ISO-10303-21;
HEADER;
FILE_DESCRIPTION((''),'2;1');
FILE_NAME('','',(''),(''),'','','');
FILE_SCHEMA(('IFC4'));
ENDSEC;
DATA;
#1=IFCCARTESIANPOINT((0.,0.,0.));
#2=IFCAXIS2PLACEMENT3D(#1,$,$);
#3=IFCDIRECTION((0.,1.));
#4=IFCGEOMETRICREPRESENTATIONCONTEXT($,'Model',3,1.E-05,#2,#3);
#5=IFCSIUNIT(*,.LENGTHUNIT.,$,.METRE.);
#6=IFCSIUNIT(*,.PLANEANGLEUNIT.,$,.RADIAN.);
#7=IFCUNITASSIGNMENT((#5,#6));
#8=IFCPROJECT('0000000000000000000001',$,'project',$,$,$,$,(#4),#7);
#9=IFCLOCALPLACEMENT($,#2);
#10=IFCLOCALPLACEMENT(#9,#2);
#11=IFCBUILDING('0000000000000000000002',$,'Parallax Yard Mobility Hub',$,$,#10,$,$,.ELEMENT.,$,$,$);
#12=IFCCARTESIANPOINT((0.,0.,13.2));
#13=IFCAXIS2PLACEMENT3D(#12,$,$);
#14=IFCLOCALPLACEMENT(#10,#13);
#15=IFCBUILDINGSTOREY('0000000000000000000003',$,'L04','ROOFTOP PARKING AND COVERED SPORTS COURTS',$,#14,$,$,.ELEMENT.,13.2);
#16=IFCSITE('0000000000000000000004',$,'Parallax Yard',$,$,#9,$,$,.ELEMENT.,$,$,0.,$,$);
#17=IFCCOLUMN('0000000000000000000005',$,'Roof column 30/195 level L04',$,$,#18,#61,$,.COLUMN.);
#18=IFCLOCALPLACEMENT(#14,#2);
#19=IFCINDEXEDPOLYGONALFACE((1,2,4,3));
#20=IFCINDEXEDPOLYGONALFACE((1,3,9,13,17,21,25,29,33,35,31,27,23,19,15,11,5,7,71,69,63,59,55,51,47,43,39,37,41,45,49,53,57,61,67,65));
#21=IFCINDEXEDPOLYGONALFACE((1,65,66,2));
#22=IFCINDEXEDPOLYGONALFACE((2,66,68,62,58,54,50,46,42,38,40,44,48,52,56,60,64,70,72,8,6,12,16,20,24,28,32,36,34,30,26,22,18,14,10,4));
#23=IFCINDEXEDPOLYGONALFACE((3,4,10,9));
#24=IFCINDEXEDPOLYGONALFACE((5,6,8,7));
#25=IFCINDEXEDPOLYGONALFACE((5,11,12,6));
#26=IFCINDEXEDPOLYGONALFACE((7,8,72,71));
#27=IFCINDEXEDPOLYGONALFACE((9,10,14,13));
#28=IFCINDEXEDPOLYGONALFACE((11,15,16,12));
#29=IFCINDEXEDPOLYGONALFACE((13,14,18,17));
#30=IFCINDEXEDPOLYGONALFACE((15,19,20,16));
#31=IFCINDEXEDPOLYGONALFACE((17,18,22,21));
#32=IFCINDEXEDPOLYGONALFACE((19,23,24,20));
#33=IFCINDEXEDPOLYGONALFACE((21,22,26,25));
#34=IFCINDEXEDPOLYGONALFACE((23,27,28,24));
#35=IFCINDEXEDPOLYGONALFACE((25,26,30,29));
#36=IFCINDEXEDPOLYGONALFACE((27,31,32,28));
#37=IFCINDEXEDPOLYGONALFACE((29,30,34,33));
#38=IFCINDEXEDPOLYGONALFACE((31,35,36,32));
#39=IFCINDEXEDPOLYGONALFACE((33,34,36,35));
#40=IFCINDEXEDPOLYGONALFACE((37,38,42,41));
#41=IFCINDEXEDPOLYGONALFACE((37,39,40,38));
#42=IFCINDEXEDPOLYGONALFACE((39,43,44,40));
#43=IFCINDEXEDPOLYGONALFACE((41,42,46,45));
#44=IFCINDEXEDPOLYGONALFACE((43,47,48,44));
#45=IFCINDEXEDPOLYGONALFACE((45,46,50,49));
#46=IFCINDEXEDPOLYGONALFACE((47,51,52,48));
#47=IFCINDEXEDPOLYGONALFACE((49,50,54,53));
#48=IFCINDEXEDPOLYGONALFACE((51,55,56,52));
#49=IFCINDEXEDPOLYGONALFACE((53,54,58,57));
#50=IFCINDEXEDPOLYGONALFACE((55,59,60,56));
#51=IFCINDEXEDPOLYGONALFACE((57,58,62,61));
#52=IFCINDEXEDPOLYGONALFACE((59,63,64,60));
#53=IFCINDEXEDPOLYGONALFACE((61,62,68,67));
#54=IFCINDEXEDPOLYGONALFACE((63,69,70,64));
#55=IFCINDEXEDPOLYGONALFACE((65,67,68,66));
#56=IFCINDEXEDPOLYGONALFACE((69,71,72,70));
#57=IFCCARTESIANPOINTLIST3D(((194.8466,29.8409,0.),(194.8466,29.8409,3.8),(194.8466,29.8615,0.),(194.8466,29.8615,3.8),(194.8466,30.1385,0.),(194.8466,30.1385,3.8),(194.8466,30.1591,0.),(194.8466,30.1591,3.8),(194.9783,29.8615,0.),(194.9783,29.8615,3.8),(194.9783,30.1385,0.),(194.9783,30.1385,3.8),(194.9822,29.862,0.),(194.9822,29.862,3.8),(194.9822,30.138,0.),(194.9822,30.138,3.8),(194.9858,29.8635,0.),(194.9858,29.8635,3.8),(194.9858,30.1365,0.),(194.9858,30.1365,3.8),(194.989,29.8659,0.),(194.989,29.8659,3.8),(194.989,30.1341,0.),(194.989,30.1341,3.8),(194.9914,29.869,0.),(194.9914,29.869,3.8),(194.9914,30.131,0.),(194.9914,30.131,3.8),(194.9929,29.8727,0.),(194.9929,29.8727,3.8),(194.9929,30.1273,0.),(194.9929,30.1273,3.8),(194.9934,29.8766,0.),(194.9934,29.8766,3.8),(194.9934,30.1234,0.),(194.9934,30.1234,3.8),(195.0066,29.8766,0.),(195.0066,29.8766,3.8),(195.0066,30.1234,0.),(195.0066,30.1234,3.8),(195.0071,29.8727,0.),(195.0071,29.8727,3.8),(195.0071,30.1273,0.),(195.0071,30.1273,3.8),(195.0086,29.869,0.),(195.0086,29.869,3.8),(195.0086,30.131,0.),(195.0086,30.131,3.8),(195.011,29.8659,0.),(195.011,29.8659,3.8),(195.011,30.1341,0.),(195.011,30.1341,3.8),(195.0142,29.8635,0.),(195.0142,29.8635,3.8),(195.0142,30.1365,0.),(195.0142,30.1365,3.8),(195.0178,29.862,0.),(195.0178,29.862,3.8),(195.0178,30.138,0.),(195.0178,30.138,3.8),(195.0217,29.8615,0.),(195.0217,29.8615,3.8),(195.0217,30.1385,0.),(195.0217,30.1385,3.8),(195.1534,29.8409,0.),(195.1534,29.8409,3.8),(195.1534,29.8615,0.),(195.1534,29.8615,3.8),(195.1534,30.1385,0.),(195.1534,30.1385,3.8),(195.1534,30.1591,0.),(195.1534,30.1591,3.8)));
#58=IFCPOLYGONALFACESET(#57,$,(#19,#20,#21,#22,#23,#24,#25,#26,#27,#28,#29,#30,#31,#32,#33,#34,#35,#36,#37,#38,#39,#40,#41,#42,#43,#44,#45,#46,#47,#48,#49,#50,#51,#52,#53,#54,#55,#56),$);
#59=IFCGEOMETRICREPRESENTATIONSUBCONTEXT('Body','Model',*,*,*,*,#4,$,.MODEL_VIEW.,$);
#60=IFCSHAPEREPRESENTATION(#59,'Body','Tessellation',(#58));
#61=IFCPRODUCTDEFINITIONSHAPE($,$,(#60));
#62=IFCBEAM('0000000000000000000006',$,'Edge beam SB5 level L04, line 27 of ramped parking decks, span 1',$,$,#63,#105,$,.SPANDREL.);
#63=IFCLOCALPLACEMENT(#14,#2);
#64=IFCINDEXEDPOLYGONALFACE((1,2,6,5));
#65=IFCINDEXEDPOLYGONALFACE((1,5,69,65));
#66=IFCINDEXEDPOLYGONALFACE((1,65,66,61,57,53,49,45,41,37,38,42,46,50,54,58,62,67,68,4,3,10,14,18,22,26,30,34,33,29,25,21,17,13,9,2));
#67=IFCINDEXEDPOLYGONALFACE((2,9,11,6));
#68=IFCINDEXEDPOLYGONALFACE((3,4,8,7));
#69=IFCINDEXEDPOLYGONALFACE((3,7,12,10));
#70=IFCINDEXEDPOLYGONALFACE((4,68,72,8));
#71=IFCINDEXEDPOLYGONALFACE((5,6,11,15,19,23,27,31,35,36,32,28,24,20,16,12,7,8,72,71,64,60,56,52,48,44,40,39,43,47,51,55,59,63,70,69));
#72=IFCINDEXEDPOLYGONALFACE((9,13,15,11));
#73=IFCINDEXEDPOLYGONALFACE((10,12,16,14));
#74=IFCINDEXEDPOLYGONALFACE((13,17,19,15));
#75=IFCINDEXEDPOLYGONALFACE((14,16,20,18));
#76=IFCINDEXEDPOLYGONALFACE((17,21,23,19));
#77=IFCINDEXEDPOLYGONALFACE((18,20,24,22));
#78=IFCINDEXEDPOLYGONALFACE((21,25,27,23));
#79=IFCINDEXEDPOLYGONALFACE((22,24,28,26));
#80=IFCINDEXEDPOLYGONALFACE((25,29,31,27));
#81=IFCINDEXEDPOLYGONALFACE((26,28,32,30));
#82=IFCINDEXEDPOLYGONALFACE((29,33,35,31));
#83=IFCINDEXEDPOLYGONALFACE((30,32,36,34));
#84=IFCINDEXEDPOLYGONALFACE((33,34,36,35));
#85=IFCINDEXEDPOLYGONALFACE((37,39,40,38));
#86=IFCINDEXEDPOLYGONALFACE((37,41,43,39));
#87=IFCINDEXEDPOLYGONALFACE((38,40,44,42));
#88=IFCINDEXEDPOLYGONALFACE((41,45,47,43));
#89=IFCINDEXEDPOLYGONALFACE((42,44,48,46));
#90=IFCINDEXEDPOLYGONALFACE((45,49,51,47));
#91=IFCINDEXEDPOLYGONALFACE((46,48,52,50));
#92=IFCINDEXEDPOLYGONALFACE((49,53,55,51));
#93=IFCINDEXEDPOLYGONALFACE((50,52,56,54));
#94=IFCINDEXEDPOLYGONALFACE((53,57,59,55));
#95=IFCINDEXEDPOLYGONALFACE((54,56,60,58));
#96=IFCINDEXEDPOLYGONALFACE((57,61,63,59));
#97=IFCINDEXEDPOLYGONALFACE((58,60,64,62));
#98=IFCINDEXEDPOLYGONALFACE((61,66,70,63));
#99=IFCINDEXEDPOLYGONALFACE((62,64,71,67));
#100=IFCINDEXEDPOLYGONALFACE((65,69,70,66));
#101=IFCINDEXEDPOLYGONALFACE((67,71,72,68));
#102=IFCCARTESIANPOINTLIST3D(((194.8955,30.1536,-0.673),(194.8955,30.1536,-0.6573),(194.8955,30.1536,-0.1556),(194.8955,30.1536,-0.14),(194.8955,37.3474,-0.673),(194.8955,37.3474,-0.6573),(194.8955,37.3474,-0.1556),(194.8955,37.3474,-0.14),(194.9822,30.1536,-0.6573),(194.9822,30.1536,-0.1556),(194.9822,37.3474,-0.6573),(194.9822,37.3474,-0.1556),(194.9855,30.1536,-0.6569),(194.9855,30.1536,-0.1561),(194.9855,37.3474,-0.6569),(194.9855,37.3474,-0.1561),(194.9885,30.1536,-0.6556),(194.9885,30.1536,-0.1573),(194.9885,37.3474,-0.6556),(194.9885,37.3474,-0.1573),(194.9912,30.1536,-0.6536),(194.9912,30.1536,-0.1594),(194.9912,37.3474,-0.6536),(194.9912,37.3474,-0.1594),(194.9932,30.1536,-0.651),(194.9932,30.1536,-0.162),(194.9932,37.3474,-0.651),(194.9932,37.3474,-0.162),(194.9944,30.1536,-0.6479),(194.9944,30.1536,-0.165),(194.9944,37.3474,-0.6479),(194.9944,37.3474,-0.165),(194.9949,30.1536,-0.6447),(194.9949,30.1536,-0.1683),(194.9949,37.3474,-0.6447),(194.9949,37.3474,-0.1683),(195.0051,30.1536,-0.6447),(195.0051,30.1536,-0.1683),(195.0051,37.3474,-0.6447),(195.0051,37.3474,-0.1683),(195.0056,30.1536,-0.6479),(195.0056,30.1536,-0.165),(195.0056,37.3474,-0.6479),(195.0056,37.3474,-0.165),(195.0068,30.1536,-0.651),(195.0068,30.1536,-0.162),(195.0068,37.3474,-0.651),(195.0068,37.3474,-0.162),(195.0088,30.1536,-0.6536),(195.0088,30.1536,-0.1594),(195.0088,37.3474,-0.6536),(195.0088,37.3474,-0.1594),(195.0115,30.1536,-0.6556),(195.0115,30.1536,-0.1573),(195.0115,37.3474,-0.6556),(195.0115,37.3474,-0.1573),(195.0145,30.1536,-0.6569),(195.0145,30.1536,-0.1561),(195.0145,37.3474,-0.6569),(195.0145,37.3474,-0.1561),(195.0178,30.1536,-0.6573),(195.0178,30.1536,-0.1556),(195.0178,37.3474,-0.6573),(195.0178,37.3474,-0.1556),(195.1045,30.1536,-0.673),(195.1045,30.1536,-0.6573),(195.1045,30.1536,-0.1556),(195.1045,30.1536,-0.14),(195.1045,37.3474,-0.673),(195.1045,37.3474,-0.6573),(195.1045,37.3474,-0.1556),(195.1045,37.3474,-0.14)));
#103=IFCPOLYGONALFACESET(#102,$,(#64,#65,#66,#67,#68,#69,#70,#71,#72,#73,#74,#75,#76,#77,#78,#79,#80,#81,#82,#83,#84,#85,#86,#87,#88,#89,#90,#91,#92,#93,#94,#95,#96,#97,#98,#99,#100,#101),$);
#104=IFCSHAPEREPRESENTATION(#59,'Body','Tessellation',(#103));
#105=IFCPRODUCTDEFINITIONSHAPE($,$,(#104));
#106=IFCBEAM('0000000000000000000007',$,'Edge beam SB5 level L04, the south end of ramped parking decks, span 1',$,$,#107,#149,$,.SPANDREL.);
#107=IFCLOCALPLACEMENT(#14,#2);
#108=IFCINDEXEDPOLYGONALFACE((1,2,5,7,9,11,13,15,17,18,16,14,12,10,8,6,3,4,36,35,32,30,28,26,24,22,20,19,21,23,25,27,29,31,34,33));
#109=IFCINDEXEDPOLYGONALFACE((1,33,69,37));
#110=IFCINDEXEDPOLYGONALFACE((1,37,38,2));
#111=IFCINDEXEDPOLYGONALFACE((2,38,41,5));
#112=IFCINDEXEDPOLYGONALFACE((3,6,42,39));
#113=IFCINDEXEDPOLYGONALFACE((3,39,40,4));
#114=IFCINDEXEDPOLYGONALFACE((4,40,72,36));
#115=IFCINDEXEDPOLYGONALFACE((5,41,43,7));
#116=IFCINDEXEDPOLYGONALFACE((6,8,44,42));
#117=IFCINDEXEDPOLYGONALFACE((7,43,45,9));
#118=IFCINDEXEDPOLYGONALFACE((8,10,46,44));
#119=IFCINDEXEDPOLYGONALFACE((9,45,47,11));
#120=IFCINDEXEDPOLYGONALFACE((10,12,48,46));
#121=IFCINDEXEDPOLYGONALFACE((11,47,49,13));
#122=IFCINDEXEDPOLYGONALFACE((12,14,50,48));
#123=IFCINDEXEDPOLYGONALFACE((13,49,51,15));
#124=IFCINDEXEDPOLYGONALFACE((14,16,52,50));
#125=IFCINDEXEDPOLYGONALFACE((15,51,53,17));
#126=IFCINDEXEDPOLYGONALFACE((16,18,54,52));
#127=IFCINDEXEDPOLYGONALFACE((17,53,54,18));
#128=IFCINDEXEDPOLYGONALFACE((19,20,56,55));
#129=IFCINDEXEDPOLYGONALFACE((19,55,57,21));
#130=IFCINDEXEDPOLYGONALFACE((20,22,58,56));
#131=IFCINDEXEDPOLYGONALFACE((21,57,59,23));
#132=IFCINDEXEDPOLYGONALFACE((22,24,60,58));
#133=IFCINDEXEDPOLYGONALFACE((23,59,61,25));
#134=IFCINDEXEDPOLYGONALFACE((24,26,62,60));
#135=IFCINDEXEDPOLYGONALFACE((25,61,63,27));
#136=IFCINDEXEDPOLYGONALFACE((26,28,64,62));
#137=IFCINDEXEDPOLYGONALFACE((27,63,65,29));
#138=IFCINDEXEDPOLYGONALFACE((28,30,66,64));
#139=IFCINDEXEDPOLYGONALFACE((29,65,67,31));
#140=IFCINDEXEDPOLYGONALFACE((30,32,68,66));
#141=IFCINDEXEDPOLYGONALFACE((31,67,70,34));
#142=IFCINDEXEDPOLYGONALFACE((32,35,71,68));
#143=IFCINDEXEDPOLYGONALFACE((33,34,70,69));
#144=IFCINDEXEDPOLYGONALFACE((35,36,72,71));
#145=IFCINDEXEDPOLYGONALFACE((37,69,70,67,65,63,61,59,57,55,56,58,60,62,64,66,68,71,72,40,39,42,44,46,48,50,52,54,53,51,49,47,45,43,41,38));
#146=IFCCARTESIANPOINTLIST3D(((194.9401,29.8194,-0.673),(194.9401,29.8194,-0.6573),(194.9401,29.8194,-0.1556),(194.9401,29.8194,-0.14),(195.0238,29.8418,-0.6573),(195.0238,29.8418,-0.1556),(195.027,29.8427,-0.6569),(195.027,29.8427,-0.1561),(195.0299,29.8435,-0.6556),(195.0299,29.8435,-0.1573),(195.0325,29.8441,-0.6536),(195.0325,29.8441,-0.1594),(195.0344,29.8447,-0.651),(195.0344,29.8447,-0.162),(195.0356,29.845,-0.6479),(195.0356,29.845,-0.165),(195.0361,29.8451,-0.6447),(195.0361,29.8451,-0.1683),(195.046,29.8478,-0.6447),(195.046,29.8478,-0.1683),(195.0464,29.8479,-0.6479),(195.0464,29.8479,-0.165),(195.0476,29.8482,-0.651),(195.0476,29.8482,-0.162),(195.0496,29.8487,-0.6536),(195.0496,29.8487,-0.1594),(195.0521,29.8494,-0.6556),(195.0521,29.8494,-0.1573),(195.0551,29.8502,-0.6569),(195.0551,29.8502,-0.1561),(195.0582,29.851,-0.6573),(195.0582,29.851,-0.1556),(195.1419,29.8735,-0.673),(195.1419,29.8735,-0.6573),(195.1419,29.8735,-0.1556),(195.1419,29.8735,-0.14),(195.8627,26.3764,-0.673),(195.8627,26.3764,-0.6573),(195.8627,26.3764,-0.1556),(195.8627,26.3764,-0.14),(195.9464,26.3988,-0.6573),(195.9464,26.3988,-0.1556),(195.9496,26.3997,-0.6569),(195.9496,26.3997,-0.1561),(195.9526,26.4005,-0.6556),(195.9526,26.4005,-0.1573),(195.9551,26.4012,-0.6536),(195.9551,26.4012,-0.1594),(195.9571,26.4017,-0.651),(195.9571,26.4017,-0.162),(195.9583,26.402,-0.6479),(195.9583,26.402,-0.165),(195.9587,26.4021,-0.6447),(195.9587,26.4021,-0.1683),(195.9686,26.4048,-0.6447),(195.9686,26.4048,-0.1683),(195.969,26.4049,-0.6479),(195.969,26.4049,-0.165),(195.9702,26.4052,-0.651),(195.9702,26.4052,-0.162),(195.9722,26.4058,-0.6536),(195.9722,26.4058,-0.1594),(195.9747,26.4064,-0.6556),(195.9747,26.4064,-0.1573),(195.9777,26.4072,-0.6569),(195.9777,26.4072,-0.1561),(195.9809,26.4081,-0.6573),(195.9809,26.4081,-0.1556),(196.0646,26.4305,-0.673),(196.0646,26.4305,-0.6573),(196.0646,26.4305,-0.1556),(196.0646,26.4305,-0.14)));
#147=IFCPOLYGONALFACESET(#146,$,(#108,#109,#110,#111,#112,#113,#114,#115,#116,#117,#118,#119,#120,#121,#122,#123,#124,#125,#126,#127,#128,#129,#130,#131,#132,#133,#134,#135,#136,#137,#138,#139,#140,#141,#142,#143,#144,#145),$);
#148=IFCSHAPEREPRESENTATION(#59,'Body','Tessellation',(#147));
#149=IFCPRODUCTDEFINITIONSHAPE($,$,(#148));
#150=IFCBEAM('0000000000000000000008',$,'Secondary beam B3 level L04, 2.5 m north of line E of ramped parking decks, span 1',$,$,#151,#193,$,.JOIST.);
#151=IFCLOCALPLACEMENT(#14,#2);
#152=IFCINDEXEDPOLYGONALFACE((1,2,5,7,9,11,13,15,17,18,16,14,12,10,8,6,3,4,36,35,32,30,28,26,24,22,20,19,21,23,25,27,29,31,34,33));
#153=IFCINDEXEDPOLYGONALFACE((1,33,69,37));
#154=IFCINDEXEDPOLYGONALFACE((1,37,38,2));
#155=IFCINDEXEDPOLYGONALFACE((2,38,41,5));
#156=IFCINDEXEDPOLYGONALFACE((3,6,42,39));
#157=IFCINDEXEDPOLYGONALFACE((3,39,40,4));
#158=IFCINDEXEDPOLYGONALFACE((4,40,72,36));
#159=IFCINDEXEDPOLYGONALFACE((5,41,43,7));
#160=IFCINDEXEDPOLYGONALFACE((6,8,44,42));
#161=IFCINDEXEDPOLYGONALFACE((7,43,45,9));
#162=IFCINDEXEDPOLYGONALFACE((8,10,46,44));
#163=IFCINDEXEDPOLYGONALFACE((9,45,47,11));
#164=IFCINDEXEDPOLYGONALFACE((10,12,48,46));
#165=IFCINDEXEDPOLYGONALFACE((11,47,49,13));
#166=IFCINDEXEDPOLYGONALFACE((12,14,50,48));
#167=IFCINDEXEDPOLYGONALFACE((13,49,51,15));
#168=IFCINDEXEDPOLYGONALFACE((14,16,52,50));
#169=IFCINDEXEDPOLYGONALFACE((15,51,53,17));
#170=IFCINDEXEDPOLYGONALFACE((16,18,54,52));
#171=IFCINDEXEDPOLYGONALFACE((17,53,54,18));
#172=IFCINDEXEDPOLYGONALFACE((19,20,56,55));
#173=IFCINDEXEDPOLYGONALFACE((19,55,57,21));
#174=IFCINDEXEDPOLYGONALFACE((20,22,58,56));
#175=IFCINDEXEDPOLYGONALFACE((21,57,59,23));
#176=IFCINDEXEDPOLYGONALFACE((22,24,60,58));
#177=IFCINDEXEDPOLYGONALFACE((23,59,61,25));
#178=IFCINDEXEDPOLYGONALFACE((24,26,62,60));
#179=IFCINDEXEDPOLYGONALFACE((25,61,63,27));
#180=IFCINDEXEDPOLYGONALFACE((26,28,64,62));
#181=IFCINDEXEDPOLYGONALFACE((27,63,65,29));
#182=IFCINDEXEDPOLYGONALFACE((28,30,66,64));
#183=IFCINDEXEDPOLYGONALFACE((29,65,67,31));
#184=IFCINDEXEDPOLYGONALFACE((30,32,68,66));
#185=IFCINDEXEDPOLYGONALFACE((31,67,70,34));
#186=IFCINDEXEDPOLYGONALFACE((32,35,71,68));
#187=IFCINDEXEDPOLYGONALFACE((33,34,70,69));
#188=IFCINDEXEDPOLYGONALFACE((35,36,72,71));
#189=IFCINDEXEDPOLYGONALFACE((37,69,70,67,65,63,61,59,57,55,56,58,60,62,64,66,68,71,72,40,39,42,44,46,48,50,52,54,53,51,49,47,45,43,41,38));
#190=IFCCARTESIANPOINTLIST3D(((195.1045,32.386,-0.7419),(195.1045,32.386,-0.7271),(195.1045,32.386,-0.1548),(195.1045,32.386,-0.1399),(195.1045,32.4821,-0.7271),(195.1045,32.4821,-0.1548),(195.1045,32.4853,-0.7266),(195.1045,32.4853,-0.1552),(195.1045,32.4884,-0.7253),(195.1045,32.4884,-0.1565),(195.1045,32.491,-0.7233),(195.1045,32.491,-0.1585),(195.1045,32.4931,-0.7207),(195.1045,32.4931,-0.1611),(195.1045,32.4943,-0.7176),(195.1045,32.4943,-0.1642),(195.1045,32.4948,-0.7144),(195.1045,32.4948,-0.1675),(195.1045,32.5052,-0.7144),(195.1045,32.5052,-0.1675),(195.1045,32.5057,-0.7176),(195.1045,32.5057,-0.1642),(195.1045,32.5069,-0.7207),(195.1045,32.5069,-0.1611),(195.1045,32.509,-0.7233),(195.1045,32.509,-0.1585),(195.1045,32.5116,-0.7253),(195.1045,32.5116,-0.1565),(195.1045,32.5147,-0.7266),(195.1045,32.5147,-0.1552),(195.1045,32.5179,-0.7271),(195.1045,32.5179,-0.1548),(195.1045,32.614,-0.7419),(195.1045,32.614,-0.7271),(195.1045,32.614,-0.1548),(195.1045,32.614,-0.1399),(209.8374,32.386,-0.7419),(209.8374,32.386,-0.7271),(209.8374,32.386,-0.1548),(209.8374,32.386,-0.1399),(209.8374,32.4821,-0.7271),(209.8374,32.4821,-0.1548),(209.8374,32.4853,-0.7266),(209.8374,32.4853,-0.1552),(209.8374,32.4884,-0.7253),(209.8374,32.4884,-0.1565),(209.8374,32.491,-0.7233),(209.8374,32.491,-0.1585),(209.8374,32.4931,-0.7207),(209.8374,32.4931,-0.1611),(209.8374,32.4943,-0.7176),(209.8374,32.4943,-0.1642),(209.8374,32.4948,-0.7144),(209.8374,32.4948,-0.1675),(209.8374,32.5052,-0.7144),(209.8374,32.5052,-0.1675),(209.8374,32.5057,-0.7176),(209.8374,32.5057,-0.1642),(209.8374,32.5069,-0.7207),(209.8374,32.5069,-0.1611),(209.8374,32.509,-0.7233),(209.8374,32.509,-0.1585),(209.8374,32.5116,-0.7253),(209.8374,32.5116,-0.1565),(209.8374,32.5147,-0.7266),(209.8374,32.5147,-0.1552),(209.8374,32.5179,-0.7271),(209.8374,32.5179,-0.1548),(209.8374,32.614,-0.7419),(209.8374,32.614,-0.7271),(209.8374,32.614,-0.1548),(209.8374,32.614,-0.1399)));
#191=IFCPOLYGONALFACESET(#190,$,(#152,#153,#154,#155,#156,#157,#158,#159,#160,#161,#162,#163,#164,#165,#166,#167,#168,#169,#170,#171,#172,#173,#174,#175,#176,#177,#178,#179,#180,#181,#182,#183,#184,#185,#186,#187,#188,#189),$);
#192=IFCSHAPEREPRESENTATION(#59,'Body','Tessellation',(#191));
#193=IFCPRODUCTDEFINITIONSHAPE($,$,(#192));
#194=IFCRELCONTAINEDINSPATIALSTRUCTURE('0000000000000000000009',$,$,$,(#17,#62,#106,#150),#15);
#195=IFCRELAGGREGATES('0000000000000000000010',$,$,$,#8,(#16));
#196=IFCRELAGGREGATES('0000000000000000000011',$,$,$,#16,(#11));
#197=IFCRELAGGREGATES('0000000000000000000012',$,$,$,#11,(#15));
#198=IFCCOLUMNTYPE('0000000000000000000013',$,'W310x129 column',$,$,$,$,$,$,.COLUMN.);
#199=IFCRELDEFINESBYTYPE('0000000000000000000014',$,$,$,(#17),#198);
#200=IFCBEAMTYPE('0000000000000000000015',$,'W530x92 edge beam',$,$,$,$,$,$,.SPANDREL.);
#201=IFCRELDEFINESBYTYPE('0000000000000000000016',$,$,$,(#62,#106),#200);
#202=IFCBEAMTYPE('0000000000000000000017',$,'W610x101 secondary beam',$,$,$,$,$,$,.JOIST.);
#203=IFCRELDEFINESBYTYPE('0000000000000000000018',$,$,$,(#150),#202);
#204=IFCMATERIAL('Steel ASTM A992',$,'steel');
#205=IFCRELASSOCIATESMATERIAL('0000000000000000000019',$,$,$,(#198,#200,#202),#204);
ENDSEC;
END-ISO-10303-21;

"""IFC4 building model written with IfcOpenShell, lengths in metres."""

from ifc_helpers import new_model, si_unit, direction, frame, origin, origin_2d, place, context, subcontext, project, spatial, i_section, extrude, material, material_profile, profile_set, type_object, element, save


model = new_model("IFC4")

# Units and contexts
model_context = context("Model", 3, precision=1e-05, world=origin(), true_north=direction((0.0, 1.0)))
body_context = subcontext(model_context, "Body", "Model", "MODEL_VIEW")
ifc_project = project(units=[si_unit("LENGTHUNIT", "METRE"), si_unit("PLANEANGLEUNIT", "RADIAN")], contexts=[model_context])

# Site, building, storey
site_placement = place(None, origin())
site = spatial("IfcSite", under=ifc_project, at=site_placement, Name="Parallax Yard", CompositionType="ELEMENT", RefElevation=0.0)
building_placement = place(site_placement, origin())
building = spatial("IfcBuilding", under=site, at=building_placement, Name="Parallax Yard Mobility Hub", CompositionType="ELEMENT")
storey_placement = place(building_placement, frame((0.0, 0.0, 13.2)))
storey = spatial("IfcBuildingStorey", under=building, at=storey_placement, Name="L04", Description="ROOFTOP PARKING AND COVERED SPORTS COURTS", CompositionType="ELEMENT", Elevation=13.2)

# Column
ifc_material_1 = material(Name="Steel ASTM A992", Category="steel")
ifc_material_profile_1 = material_profile(ifc_material_1, i_section(OverallWidth=0.3069, OverallDepth=0.3181, WebThickness=0.0132, FlangeThickness=0.0205, FilletRadius=0.0151, at=origin_2d()), Name="W310x129")
ifc_profile_set_1 = profile_set([ifc_material_profile_1], Name="Steel ASTM A992")
column_type = type_object("IfcColumnType", Name="W310x129 column", PredefinedType="COLUMN", material=ifc_profile_set_1)
column_placement = place(storey_placement, frame((195.0, 30.0, 0.0), z_axis=(0.0, 0.0, 1.0), x_axis=(1.0, 0.0, 0.0)))
element("IfcColumn", 1, at=column_placement, inside=storey, type_object=column_type, Name="Roof column 30/195 level L04", PredefinedType="COLUMN", context=body_context, shape_type="SweptSolid", body=[
    extrude(i_section(OverallWidth=0.3069, OverallDepth=0.3181, WebThickness=0.0132, FlangeThickness=0.0205, FilletRadius=0.0151, at=origin_2d()), origin(), (0.0, 0.0, 1.0), 3.8),
])

# Beams
ifc_material_profile_2 = material_profile(ifc_material_1, i_section(OverallWidth=0.209, OverallDepth=0.533, WebThickness=0.0103, FlangeThickness=0.0156, FilletRadius=0.0127, at=origin_2d()), Name="W530x92")
ifc_profile_set_2 = profile_set([ifc_material_profile_2], Name="Steel ASTM A992")
beam_type_1 = type_object("IfcBeamType", Name="W530x92 edge beam", PredefinedType="SPANDREL", material=ifc_profile_set_2)
beam_1_placement = place(storey_placement, frame((195.0, 30.1536, -0.4065), z_axis=(0.0, 1.0, 0.0), x_axis=(-1.0, 0.0, 0.0)))
element("IfcBeam", 2, at=beam_1_placement, inside=storey, type_object=beam_type_1, Name="Edge beam SB5 level L04, line 27 of ramped parking decks, span 1", PredefinedType="SPANDREL", context=body_context, shape_type="SweptSolid", body=[
    extrude(i_section(OverallWidth=0.209, OverallDepth=0.533, WebThickness=0.0103, FlangeThickness=0.0156, FilletRadius=0.0127, at=origin_2d()), origin(), (0.0, 0.0, 1.0), 7.1938),
])
beam_2_placement = place(storey_placement, frame((195.041, 29.8464, -0.4065), z_axis=(0.258843, -0.965919, 0.0), x_axis=(0.965919, 0.258843, 0.0)))
element("IfcBeam", 3, at=beam_2_placement, inside=storey, type_object=beam_type_1, Name="Edge beam SB5 level L04, the south end of ramped parking decks, span 1", PredefinedType="SPANDREL", context=body_context, shape_type="SweptSolid", body=[
    extrude(i_section(OverallWidth=0.209, OverallDepth=0.533, WebThickness=0.0103, FlangeThickness=0.0156, FilletRadius=0.0127, at=origin_2d()), origin(), (0.0, 0.0, 1.0), 3.5645),
])
ifc_material_profile_3 = material_profile(ifc_material_1, i_section(OverallWidth=0.228, OverallDepth=0.6021, WebThickness=0.0105, FlangeThickness=0.0149, FilletRadius=0.0127, at=origin_2d()), Name="W610x101")
ifc_profile_set_3 = profile_set([ifc_material_profile_3], Name="Steel ASTM A992")
beam_type_2 = type_object("IfcBeamType", Name="W610x101 secondary beam", PredefinedType="JOIST", material=ifc_profile_set_3)
beam_3_placement = place(storey_placement, frame((195.1045, 32.5, -0.4409), z_axis=(1.0, 0.0, 0.0), x_axis=(0.0, 1.0, 0.0)))
element("IfcBeam", 4, at=beam_3_placement, inside=storey, type_object=beam_type_2, Name="Secondary beam B3 level L04, 2.5 m north of line E of ramped parking decks, span 1", PredefinedType="JOIST", context=body_context, shape_type="SweptSolid", body=[
    extrude(i_section(OverallWidth=0.228, OverallDepth=0.6021, WebThickness=0.0105, FlangeThickness=0.0149, FilletRadius=0.0127, at=origin_2d()), origin(), (0.0, 0.0, 1.0), 14.7329),
])

save(model, "model.ifc")
